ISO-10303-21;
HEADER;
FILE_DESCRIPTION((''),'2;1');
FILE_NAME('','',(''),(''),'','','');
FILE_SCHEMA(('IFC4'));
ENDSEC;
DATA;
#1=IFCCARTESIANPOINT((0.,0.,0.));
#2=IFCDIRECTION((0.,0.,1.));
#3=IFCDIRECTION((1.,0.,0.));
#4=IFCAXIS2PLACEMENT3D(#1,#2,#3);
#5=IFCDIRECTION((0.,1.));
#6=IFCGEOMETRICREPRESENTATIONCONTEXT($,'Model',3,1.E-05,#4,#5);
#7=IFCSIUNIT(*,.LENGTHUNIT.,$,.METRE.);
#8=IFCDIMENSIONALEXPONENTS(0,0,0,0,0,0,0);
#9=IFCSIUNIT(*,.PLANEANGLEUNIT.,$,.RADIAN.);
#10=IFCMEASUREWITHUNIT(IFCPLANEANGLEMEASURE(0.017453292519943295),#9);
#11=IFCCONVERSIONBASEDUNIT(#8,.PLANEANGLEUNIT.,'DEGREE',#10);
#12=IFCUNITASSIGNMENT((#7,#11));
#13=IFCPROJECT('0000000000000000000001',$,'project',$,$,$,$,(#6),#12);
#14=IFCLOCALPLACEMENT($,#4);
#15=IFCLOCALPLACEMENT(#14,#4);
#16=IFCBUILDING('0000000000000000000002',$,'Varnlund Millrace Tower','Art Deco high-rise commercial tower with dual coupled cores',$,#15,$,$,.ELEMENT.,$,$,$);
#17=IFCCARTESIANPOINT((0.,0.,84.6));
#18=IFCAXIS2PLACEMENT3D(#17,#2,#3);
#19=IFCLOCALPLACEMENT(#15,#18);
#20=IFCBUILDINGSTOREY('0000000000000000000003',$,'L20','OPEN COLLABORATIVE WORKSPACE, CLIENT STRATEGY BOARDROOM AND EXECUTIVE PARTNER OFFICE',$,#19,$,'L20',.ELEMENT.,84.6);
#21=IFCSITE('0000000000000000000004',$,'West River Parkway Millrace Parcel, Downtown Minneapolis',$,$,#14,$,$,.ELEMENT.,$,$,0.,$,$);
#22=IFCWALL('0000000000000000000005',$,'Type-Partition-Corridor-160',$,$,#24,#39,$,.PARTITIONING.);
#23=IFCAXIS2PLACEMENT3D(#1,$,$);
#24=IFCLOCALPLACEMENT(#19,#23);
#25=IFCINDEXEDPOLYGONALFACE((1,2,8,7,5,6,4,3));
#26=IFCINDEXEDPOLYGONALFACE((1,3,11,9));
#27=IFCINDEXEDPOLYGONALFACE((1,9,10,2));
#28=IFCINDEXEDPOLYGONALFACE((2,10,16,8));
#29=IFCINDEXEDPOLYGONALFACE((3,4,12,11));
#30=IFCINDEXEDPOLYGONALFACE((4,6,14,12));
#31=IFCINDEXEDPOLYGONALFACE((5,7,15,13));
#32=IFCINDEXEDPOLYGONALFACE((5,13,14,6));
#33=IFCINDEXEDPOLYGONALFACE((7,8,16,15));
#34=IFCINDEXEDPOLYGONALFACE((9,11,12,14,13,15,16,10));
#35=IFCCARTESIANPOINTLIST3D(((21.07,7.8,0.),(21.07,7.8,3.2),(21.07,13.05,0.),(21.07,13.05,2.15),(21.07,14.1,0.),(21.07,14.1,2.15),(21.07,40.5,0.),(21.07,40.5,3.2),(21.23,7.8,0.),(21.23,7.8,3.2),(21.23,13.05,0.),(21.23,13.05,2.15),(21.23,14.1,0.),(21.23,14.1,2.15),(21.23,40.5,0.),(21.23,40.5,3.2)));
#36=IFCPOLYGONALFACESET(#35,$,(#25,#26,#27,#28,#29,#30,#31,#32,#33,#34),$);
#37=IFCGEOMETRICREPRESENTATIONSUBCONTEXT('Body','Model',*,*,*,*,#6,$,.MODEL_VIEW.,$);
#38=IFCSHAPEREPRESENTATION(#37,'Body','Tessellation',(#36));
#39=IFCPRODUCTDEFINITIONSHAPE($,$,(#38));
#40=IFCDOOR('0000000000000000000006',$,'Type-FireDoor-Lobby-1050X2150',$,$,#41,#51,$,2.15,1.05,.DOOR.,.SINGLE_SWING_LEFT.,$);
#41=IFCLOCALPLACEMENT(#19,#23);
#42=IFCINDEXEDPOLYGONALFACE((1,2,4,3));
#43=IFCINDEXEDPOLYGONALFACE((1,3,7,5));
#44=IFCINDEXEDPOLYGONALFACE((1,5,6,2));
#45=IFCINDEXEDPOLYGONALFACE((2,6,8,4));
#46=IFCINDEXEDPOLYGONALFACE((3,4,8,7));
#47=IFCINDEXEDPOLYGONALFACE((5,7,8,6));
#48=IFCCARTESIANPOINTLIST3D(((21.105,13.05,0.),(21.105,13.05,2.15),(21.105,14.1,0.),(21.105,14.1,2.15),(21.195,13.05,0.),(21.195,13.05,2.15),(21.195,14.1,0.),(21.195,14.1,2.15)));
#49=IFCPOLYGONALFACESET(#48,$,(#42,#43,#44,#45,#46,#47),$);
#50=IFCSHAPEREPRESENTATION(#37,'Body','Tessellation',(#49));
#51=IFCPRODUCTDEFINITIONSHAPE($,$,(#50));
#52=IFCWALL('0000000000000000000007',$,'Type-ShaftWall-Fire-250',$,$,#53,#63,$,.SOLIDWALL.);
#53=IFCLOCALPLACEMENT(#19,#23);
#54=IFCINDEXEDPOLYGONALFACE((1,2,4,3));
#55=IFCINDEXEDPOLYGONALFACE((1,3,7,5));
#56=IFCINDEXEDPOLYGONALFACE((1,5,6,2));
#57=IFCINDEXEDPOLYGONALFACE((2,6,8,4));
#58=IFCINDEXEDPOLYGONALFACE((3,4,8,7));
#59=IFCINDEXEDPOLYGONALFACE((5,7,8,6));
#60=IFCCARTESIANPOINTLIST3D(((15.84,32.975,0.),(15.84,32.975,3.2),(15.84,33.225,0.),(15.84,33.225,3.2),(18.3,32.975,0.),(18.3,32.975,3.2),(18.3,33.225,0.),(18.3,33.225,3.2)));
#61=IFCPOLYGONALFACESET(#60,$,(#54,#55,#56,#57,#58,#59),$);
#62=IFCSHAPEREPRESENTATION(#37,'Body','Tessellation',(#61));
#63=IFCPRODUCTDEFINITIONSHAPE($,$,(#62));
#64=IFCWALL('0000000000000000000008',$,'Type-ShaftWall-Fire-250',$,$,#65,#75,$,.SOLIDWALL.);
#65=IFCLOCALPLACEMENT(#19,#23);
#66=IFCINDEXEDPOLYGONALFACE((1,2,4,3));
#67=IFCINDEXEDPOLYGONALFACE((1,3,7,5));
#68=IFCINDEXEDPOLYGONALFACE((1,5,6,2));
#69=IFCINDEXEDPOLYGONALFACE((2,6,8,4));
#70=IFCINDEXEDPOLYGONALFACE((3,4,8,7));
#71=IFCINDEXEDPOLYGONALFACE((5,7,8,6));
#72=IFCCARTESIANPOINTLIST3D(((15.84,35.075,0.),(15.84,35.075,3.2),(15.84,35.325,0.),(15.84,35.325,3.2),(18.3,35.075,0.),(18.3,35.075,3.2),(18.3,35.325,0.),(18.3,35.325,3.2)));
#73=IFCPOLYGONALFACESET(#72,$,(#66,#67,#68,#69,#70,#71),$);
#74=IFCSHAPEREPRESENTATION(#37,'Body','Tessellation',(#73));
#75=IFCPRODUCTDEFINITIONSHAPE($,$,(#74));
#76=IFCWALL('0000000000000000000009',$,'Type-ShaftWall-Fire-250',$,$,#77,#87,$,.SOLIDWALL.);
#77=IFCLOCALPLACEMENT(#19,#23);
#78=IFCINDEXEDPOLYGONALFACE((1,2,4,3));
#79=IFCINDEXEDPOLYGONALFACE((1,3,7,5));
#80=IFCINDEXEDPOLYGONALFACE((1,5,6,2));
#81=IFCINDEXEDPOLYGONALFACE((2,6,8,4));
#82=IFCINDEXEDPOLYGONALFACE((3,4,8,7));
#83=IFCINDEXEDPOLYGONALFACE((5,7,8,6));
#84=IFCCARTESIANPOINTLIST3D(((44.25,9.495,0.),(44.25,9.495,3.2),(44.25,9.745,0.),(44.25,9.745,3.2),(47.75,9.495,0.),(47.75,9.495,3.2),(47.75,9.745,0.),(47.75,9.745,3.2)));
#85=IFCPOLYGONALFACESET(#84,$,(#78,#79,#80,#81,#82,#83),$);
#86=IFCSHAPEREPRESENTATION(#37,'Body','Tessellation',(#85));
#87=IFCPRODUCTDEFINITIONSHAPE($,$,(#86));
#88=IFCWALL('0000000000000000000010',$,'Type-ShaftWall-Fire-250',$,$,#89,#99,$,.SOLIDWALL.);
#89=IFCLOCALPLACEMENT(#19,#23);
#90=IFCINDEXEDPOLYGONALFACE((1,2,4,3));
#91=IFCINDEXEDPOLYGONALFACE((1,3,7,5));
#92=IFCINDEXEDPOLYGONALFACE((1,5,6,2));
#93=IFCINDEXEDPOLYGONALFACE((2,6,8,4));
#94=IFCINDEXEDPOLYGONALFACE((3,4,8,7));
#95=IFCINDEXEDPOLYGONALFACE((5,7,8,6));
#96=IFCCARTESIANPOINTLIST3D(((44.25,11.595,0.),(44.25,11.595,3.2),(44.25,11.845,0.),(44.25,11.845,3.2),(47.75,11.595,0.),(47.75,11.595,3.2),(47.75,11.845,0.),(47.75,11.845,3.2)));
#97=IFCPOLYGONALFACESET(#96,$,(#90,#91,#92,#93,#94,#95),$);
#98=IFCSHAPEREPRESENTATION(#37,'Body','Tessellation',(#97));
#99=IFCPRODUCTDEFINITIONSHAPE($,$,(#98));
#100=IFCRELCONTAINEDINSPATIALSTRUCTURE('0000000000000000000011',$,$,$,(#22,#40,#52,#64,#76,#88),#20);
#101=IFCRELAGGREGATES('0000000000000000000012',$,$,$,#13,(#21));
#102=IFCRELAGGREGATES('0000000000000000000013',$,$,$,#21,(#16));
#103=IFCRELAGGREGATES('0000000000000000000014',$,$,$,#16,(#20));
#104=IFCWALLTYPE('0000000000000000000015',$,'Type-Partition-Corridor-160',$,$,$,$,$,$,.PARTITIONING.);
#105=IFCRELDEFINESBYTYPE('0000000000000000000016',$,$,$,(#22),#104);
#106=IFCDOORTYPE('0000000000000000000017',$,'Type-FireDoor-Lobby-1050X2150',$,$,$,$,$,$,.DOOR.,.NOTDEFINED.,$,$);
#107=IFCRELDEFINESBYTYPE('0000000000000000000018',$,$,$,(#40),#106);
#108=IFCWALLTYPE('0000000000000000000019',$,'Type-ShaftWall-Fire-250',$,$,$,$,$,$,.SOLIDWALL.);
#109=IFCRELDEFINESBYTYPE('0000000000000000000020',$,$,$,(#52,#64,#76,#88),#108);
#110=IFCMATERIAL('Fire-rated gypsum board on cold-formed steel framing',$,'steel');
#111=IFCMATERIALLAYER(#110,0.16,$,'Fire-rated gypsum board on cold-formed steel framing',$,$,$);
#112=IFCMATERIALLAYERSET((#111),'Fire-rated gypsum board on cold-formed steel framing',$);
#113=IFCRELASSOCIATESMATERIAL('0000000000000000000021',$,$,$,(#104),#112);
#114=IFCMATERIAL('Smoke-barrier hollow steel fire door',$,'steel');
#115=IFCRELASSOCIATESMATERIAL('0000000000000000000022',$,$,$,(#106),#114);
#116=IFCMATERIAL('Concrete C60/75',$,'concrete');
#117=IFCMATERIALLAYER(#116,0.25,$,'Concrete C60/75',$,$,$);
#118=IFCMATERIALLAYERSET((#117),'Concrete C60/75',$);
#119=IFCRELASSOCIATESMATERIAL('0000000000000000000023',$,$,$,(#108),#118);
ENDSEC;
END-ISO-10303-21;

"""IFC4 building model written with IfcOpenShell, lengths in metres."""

from ifc_helpers import new_model, entity, si_unit, converted_unit, direction, frame, origin_with_axes, origin_2d_with_axis, place, context, subcontext, project, spatial, polyline, rectangle, outline, extrude, material, layer, layer_set, type_object, element, fill, save


model = new_model("IFC4")

# Units and contexts
model_context = context("Model", 3, precision=1e-05, world=origin_with_axes(), true_north=direction((0.0, 1.0)))
body_context = subcontext(model_context, "Body", "Model", "MODEL_VIEW")
ifc_project = project(units=[si_unit("LENGTHUNIT", "METRE"), converted_unit("PLANEANGLEUNIT", "DEGREE", entity("IfcPlaneAngleMeasure", 0.017453292519943295), si_unit("PLANEANGLEUNIT", "RADIAN"), dimensions=[0, 0, 0, 0, 0, 0, 0])], contexts=[model_context])

# Site, building, storey
site_placement = place(None, origin_with_axes())
site = spatial("IfcSite", under=ifc_project, at=site_placement, Name="West River Parkway Millrace Parcel, Downtown Minneapolis", CompositionType="ELEMENT", RefElevation=0.0)
building_placement = place(site_placement, origin_with_axes())
building = spatial("IfcBuilding", under=site, at=building_placement, Name="Varnlund Millrace Tower", Description="Art Deco high-rise commercial tower with dual coupled cores", CompositionType="ELEMENT")
storey_placement = place(building_placement, frame((0.0, 0.0, 84.6), z_axis=(0.0, 0.0, 1.0), x_axis=(1.0, 0.0, 0.0)))
storey = spatial("IfcBuildingStorey", under=building, at=storey_placement, Name="L20", Description="OPEN COLLABORATIVE WORKSPACE, CLIENT STRATEGY BOARDROOM AND EXECUTIVE PARTNER OFFICE", LongName="L20", CompositionType="ELEMENT", Elevation=84.6)

# Shared definitions
ifc_material_1 = material(Name="Fire-rated gypsum board on cold-formed steel framing", Category="steel")
ifc_layer_1 = layer(ifc_material_1, 0.16, Name="Fire-rated gypsum board on cold-formed steel framing")
ifc_layer_set_1 = layer_set([ifc_layer_1], Name="Fire-rated gypsum board on cold-formed steel framing")
wall_type_1 = type_object("IfcWallType", Name="Type-Partition-Corridor-160", PredefinedType="PARTITIONING", material=ifc_layer_set_1)

# Wall, opening, door
wall_1_placement = place(storey_placement, frame((21.15, 7.8, 0.0), z_axis=(0.0, 0.0, 1.0), x_axis=(0.0, 1.0, 0.0)))
wall_1 = element("IfcWall", 1, at=wall_1_placement, inside=storey, type_object=wall_type_1, Name="Type-Partition-Corridor-160", PredefinedType="PARTITIONING", context=body_context, shape_type="SweptSolid", body=[
    extrude(outline(polyline([(0.0, -0.08), (32.7, -0.08), (32.7, 0.08), (0.0, 0.08), (0.0, -0.08)])), origin_with_axes(), (0.0, 0.0, 1.0), 3.2),
])
opening_placement = place(wall_1_placement, frame((5.775, 0.0, 0.0), z_axis=(0.0, 0.0, 1.0), x_axis=(1.0, 0.0, 0.0)))
opening = element("IfcOpeningElement", 2, at=opening_placement, cuts=wall_1, PredefinedType="OPENING", context=body_context, shape_type="SweptSolid", body=[
    extrude(rectangle(XDim=1.05, YDim=0.18, at=origin_2d_with_axis()), origin_with_axes(), (0.0, 0.0, 1.0), 2.15),
])
ifc_material_2 = material(Name="Smoke-barrier hollow steel fire door", Category="steel")
door_type = type_object("IfcDoorType", Name="Type-FireDoor-Lobby-1050X2150", OperationType="NOTDEFINED", PredefinedType="DOOR", material=ifc_material_2)
door_placement = place(wall_1_placement, frame((5.775, 0.0, 0.0), z_axis=(0.0, 0.0, 1.0), x_axis=(1.0, 0.0, 0.0)))
door = element("IfcDoor", 3, at=door_placement, inside=storey, type_object=door_type, Name="Type-FireDoor-Lobby-1050X2150", OperationType="SINGLE_SWING_LEFT", OverallHeight=2.15, OverallWidth=1.05, PredefinedType="DOOR", context=body_context, shape_type="SweptSolid", body=[
    extrude(rectangle(XDim=1.05, YDim=0.09, at=origin_2d_with_axis()), origin_with_axes(), (0.0, 0.0, 1.0), 2.15),
])
fill(opening, door)

# Walls
ifc_material_3 = material(Name="Concrete C60/75", Category="concrete")
ifc_layer_2 = layer(ifc_material_3, 0.25, Name="Concrete C60/75")
ifc_layer_set_2 = layer_set([ifc_layer_2], Name="Concrete C60/75")
wall_type_2 = type_object("IfcWallType", Name="Type-ShaftWall-Fire-250", PredefinedType="SOLIDWALL", material=ifc_layer_set_2)
for number, where, z_axis, x_axis, name in (
    (4, (15.84, 33.1, 0.0), (0.0, 0.0, 1.0), (1.0, 0.0, 0.0), "Type-ShaftWall-Fire-250"),
    (5, (15.84, 35.2, 0.0), (0.0, 0.0, 1.0), (1.0, 0.0, 0.0), "Type-ShaftWall-Fire-250"),
):
    element("IfcWall", number, at=place(storey_placement, frame(where, z_axis=z_axis, x_axis=x_axis)), inside=storey, type_object=wall_type_2, Name=name, PredefinedType="SOLIDWALL", context=body_context, shape_type="SweptSolid", body=[
        extrude(outline(polyline([(0.0, -0.125), (2.46, -0.125), (2.46, 0.125), (0.0, 0.125), (0.0, -0.125)])), origin_with_axes(), (0.0, 0.0, 1.0), 3.2),
    ])
for number, where, z_axis, x_axis, name in (
    (6, (44.25, 9.62, 0.0), (0.0, 0.0, 1.0), (1.0, 0.0, 0.0), "Type-ShaftWall-Fire-250"),
    (7, (44.25, 11.72, 0.0), (0.0, 0.0, 1.0), (1.0, 0.0, 0.0), "Type-ShaftWall-Fire-250"),
):
    element("IfcWall", number, at=place(storey_placement, frame(where, z_axis=z_axis, x_axis=x_axis)), inside=storey, type_object=wall_type_2, Name=name, PredefinedType="SOLIDWALL", context=body_context, shape_type="SweptSolid", body=[
        extrude(outline(polyline([(0.0, -0.125), (3.5, -0.125), (3.5, 0.125), (0.0, 0.125), (0.0, -0.125)])), origin_with_axes(), (0.0, 0.0, 1.0), 3.2),
    ])

save(model, "model.ifc")
